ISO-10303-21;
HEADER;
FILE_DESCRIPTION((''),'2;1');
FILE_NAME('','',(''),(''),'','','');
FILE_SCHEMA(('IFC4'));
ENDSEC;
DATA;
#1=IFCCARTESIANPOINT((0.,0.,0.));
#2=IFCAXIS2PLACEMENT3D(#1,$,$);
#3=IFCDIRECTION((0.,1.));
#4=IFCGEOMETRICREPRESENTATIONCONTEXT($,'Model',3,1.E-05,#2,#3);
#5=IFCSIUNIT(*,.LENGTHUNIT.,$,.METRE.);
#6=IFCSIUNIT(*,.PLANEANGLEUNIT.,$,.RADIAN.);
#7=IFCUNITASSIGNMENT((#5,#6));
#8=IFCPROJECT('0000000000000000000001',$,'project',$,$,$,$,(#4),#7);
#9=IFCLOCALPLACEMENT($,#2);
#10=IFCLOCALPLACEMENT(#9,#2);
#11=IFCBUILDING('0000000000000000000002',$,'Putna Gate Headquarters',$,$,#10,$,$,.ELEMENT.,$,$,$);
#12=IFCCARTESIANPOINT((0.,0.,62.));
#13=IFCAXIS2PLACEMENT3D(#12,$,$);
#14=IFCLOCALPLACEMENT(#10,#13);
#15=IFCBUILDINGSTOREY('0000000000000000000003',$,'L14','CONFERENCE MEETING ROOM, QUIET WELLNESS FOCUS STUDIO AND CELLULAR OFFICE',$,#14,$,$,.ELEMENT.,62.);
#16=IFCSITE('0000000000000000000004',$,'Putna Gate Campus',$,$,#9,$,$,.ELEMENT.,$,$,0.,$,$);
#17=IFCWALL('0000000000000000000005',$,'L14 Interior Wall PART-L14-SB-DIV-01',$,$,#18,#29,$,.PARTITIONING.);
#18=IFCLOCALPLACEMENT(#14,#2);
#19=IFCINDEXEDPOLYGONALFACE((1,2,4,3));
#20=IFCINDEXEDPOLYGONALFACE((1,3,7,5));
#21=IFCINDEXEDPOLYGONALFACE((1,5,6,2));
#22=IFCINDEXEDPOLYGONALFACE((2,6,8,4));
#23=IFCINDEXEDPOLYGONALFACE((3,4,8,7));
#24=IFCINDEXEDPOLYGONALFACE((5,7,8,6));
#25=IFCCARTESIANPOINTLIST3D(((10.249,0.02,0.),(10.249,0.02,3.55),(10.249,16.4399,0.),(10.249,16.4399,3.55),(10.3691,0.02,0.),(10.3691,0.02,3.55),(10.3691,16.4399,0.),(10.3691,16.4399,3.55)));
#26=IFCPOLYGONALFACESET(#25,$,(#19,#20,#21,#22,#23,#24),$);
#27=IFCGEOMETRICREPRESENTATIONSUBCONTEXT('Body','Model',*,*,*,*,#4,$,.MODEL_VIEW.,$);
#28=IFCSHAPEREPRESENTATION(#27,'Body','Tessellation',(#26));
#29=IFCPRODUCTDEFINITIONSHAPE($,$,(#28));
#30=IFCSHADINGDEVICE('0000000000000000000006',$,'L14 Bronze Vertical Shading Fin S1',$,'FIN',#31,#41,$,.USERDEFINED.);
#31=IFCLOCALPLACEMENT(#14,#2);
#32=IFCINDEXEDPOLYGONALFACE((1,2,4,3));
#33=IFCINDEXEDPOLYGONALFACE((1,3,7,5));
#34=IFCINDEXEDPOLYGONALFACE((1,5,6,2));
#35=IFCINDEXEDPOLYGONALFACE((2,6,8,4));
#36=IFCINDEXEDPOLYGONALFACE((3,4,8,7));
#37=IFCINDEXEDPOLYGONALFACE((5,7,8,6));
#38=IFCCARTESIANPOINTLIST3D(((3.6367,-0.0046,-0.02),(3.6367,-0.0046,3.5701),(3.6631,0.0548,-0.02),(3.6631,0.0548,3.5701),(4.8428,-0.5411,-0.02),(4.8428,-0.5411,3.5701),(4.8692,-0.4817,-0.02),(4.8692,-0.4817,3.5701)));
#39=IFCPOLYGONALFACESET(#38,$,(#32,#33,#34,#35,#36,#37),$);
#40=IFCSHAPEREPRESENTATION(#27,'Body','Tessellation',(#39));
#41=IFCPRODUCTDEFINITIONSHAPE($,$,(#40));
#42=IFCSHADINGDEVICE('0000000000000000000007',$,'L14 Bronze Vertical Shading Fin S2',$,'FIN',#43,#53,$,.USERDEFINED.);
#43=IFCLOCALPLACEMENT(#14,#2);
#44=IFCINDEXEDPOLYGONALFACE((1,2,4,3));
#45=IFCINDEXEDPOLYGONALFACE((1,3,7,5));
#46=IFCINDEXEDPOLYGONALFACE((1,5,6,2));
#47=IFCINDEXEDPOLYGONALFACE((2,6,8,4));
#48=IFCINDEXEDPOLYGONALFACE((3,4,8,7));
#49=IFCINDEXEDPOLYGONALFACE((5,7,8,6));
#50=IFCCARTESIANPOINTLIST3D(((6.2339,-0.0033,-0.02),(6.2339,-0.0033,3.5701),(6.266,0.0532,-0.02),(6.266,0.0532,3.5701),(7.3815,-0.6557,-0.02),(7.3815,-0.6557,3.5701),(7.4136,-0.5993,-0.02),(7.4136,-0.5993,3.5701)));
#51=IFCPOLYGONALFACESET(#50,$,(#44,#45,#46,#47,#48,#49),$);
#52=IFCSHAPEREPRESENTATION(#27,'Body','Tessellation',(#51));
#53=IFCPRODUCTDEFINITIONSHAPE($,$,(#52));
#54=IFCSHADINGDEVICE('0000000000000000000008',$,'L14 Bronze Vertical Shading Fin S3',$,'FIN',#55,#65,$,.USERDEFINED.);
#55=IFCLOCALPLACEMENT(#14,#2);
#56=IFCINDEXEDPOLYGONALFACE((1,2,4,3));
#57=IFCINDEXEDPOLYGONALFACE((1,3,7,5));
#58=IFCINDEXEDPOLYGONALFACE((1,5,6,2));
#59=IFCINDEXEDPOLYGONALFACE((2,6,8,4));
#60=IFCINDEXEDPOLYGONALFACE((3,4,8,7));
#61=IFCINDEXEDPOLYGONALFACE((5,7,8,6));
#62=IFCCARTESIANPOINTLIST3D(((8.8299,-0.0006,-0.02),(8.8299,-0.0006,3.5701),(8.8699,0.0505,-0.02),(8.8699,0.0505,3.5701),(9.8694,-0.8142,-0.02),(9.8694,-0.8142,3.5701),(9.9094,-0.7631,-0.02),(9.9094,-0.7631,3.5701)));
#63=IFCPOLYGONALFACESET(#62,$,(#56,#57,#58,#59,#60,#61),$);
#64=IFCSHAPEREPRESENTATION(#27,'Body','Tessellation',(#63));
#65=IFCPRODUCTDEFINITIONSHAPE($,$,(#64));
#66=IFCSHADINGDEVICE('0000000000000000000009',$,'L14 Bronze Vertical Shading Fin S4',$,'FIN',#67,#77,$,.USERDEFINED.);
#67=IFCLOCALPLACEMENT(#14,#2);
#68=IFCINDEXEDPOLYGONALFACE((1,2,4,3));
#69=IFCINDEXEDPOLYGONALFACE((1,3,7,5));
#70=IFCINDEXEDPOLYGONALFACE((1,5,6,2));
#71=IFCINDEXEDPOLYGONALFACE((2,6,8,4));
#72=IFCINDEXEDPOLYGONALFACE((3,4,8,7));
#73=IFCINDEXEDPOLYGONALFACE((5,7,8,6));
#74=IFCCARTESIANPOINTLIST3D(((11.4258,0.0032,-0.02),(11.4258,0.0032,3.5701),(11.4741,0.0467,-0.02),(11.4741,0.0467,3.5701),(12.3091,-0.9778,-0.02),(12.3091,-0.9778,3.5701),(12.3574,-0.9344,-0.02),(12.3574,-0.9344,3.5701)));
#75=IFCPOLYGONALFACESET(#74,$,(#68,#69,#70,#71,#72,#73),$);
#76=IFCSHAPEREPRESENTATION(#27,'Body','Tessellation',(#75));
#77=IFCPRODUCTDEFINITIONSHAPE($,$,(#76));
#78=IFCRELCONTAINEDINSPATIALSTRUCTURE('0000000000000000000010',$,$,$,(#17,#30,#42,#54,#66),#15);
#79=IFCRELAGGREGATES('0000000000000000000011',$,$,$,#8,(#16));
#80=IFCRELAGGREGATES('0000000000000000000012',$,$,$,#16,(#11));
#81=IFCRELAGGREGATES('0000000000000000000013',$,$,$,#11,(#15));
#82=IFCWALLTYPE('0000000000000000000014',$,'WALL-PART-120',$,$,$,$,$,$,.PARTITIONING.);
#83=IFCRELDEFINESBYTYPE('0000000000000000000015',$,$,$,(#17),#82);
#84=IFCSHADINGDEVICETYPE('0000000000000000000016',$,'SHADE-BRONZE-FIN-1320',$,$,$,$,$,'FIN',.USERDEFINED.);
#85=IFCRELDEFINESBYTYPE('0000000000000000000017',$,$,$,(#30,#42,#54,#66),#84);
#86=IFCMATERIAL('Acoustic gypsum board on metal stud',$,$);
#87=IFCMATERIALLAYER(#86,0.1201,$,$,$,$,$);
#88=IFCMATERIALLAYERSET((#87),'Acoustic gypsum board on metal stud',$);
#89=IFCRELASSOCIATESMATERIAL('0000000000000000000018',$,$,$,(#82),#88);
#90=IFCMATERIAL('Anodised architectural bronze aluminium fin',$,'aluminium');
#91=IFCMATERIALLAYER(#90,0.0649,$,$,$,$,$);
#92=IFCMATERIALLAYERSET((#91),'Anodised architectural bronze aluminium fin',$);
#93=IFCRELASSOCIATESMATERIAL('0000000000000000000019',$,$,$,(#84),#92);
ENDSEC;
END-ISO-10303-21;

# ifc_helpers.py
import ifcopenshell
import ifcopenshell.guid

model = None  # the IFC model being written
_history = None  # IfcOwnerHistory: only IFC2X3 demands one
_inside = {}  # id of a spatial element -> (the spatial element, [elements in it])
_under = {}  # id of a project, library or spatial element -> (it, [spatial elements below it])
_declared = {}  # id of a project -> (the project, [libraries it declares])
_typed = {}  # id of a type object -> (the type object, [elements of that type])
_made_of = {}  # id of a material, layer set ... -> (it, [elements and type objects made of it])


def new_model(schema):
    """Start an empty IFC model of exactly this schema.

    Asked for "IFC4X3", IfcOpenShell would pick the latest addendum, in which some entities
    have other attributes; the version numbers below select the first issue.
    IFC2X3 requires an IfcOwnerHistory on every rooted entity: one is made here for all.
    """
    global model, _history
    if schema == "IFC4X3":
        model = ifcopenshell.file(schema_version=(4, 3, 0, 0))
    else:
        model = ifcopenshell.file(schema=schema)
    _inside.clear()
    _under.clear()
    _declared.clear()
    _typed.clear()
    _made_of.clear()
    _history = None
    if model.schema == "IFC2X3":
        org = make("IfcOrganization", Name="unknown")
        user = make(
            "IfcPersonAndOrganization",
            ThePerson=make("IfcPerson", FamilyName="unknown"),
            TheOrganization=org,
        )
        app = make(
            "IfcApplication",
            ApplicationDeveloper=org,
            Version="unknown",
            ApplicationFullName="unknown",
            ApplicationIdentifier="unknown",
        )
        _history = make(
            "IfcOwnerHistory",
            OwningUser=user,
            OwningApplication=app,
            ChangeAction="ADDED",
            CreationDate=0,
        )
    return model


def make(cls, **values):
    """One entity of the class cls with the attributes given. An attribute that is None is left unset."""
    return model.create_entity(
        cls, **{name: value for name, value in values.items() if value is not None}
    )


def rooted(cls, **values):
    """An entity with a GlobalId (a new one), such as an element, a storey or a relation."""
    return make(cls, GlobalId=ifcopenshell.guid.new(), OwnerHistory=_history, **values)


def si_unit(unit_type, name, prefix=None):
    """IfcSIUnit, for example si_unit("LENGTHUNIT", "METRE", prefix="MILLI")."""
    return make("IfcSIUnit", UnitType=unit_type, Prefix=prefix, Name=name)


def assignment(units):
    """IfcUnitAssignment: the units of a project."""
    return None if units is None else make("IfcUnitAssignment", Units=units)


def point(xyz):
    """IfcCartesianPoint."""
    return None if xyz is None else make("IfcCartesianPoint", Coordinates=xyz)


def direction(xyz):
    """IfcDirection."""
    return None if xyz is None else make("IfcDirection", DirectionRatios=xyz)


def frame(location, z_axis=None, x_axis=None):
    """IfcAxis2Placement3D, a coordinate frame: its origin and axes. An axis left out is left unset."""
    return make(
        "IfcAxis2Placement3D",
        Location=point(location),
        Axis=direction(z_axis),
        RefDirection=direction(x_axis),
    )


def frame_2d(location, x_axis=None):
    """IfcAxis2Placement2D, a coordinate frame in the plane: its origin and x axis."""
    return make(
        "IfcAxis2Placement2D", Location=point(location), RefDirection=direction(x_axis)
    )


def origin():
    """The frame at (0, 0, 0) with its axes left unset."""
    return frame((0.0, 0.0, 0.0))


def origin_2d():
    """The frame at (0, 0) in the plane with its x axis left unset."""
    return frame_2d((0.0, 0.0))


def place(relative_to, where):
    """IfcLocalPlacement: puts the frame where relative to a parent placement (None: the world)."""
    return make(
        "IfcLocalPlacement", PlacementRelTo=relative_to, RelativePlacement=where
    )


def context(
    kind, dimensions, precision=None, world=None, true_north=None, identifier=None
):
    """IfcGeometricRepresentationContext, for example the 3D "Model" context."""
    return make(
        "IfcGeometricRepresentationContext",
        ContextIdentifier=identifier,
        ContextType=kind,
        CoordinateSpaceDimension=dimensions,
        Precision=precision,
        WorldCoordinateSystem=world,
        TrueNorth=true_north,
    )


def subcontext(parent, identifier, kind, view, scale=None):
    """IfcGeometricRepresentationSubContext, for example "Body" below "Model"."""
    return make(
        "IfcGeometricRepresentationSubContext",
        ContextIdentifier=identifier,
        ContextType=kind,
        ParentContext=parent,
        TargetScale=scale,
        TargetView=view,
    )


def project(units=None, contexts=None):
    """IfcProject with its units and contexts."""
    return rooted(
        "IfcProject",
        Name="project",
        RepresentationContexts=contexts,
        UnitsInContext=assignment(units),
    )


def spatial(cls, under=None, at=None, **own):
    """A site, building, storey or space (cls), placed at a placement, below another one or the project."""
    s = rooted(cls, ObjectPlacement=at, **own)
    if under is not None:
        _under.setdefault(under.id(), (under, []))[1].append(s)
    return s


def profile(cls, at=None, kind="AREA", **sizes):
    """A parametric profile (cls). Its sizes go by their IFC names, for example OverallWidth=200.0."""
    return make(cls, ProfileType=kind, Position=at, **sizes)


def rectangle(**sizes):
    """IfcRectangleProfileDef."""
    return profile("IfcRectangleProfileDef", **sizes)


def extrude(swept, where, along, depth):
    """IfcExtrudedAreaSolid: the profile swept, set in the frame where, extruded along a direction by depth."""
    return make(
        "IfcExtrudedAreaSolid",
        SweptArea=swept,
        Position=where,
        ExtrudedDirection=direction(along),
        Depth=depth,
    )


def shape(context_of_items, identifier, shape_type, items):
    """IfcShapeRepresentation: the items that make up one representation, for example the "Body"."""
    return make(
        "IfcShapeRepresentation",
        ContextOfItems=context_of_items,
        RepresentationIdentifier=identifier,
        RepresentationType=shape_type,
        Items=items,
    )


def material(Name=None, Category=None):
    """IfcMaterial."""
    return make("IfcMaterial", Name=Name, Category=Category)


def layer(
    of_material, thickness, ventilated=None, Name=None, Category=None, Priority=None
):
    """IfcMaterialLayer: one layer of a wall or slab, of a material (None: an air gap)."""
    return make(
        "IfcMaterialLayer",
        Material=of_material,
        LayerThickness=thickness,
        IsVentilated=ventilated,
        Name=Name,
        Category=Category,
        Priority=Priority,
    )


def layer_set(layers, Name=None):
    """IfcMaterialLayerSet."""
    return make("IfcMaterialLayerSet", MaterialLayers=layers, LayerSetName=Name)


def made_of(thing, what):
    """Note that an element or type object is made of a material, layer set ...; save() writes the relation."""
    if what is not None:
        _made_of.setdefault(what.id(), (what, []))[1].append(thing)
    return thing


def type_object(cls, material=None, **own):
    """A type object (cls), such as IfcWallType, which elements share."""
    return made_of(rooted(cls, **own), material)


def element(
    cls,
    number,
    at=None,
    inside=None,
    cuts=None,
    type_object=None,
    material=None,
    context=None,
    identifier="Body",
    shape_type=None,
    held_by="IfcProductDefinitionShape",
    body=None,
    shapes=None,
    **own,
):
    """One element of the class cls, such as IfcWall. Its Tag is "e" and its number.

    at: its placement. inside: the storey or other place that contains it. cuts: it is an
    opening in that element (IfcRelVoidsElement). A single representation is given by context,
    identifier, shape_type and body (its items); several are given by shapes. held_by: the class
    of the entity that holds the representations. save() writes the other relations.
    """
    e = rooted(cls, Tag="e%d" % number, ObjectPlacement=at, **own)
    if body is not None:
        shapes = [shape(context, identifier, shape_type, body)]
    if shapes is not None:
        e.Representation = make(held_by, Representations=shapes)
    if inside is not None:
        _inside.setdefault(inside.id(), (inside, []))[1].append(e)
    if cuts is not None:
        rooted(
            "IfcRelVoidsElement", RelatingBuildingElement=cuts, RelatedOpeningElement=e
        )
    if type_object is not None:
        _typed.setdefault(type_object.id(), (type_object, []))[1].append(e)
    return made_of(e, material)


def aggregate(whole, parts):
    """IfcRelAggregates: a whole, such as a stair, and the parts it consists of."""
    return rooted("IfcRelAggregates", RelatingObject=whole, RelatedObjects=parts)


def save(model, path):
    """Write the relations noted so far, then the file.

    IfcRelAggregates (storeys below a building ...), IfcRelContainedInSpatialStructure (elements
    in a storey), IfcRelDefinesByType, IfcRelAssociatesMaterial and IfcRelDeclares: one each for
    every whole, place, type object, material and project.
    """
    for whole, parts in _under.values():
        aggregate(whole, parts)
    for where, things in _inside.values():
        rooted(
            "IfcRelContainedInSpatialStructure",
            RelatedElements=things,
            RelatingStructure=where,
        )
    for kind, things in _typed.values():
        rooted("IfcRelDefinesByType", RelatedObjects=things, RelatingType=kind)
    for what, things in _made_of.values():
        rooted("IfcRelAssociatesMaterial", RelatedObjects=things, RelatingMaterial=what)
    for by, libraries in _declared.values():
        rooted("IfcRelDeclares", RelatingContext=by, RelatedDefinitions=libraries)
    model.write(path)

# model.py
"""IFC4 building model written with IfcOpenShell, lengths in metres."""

from ifc_helpers import new_model, si_unit, direction, frame, frame_2d, origin, origin_2d, place, context, subcontext, project, spatial, rectangle, extrude, material, layer, layer_set, type_object, element, save


model = new_model("IFC4")

# Units and contexts
model_context = context("Model", 3, precision=1e-05, world=origin(), true_north=direction((0.0, 1.0)))
body_context = subcontext(model_context, "Body", "Model", "MODEL_VIEW")
ifc_project = project(units=[si_unit("LENGTHUNIT", "METRE"), si_unit("PLANEANGLEUNIT", "RADIAN")], contexts=[model_context])

# Site, building, storey
site_placement = place(None, origin())
site = spatial("IfcSite", under=ifc_project, at=site_placement, Name="Putna Gate Campus", CompositionType="ELEMENT", RefElevation=0.0)
building_placement = place(site_placement, origin())
building = spatial("IfcBuilding", under=site, at=building_placement, Name="Putna Gate Headquarters", CompositionType="ELEMENT")
storey_placement = place(building_placement, frame((0.0, 0.0, 62.0)))
storey = spatial("IfcBuildingStorey", under=building, at=storey_placement, Name="L14", Description="CONFERENCE MEETING ROOM, QUIET WELLNESS FOCUS STUDIO AND CELLULAR OFFICE", CompositionType="ELEMENT", Elevation=62.0)

# Wall
ifc_material_1 = material(Name="Acoustic gypsum board on metal stud")
ifc_layer_1 = layer(ifc_material_1, 0.1201)
ifc_layer_set_1 = layer_set([ifc_layer_1], Name="Acoustic gypsum board on metal stud")
wall_type_1 = type_object("IfcWallType", Name="WALL-PART-120", PredefinedType="PARTITIONING", material=ifc_layer_set_1)
wall_placement = place(storey_placement, frame((10.3091, 0.02, 0.0), z_axis=(0.0, 0.0, 1.0), x_axis=(0.0, 1.0, 0.0)))
element("IfcWall", 1, at=wall_placement, inside=storey, type_object=wall_type_1, Name="L14 Interior Wall PART-L14-SB-DIV-01", PredefinedType="PARTITIONING", context=body_context, shape_type="SweptSolid", body=[
    extrude(rectangle(XDim=16.4199, YDim=0.1201, at=frame_2d((8.21, 0.0))), origin(), (0.0, 0.0, 1.0), 3.55),
])

# Shading devices
ifc_material_2 = material(Name="Anodised architectural bronze aluminium fin", Category="aluminium")
ifc_layer_2 = layer(ifc_material_2, 0.0649)
ifc_layer_set_2 = layer_set([ifc_layer_2], Name="Anodised architectural bronze aluminium fin")
shading_device_type = type_object("IfcShadingDeviceType", Name="SHADE-BRONZE-FIN-1320", ElementType="FIN", PredefinedType="USERDEFINED", material=ifc_layer_set_2)
for number, where, z_axis, x_axis, name in (
    (2, (4.2529, -0.2432, -0.02), (0.0, 0.0, 1.0), (0.913687, -0.406418, 0.0), "L14 Bronze Vertical Shading Fin S1"),
    (3, (6.8237, -0.3013, -0.02), (0.0, 0.0, 1.0), (0.869322, -0.494245, 0.0), "L14 Bronze Vertical Shading Fin S2"),
    (4, (9.3696, -0.3818, -0.02), (0.0, 0.0, 1.0), (0.787473, -0.616349, 0.0), "L14 Bronze Vertical Shading Fin S3"),
    (5, (11.8916, -0.4656, -0.02), (0.0, 0.0, 1.0), (0.669131, -0.743145, 0.0), "L14 Bronze Vertical Shading Fin S4"),
):
    element("IfcShadingDevice", number, at=place(storey_placement, frame(where, z_axis=z_axis, x_axis=x_axis)), inside=storey, type_object=shading_device_type, Name=name, ObjectType="FIN", PredefinedType="USERDEFINED", context=body_context, shape_type="SweptSolid", body=[
        extrude(rectangle(XDim=1.3201, YDim=0.0649, at=origin_2d()), origin(), (0.0, 0.0, 1.0), 3.5901),
    ])

save(model, "model.ifc")
